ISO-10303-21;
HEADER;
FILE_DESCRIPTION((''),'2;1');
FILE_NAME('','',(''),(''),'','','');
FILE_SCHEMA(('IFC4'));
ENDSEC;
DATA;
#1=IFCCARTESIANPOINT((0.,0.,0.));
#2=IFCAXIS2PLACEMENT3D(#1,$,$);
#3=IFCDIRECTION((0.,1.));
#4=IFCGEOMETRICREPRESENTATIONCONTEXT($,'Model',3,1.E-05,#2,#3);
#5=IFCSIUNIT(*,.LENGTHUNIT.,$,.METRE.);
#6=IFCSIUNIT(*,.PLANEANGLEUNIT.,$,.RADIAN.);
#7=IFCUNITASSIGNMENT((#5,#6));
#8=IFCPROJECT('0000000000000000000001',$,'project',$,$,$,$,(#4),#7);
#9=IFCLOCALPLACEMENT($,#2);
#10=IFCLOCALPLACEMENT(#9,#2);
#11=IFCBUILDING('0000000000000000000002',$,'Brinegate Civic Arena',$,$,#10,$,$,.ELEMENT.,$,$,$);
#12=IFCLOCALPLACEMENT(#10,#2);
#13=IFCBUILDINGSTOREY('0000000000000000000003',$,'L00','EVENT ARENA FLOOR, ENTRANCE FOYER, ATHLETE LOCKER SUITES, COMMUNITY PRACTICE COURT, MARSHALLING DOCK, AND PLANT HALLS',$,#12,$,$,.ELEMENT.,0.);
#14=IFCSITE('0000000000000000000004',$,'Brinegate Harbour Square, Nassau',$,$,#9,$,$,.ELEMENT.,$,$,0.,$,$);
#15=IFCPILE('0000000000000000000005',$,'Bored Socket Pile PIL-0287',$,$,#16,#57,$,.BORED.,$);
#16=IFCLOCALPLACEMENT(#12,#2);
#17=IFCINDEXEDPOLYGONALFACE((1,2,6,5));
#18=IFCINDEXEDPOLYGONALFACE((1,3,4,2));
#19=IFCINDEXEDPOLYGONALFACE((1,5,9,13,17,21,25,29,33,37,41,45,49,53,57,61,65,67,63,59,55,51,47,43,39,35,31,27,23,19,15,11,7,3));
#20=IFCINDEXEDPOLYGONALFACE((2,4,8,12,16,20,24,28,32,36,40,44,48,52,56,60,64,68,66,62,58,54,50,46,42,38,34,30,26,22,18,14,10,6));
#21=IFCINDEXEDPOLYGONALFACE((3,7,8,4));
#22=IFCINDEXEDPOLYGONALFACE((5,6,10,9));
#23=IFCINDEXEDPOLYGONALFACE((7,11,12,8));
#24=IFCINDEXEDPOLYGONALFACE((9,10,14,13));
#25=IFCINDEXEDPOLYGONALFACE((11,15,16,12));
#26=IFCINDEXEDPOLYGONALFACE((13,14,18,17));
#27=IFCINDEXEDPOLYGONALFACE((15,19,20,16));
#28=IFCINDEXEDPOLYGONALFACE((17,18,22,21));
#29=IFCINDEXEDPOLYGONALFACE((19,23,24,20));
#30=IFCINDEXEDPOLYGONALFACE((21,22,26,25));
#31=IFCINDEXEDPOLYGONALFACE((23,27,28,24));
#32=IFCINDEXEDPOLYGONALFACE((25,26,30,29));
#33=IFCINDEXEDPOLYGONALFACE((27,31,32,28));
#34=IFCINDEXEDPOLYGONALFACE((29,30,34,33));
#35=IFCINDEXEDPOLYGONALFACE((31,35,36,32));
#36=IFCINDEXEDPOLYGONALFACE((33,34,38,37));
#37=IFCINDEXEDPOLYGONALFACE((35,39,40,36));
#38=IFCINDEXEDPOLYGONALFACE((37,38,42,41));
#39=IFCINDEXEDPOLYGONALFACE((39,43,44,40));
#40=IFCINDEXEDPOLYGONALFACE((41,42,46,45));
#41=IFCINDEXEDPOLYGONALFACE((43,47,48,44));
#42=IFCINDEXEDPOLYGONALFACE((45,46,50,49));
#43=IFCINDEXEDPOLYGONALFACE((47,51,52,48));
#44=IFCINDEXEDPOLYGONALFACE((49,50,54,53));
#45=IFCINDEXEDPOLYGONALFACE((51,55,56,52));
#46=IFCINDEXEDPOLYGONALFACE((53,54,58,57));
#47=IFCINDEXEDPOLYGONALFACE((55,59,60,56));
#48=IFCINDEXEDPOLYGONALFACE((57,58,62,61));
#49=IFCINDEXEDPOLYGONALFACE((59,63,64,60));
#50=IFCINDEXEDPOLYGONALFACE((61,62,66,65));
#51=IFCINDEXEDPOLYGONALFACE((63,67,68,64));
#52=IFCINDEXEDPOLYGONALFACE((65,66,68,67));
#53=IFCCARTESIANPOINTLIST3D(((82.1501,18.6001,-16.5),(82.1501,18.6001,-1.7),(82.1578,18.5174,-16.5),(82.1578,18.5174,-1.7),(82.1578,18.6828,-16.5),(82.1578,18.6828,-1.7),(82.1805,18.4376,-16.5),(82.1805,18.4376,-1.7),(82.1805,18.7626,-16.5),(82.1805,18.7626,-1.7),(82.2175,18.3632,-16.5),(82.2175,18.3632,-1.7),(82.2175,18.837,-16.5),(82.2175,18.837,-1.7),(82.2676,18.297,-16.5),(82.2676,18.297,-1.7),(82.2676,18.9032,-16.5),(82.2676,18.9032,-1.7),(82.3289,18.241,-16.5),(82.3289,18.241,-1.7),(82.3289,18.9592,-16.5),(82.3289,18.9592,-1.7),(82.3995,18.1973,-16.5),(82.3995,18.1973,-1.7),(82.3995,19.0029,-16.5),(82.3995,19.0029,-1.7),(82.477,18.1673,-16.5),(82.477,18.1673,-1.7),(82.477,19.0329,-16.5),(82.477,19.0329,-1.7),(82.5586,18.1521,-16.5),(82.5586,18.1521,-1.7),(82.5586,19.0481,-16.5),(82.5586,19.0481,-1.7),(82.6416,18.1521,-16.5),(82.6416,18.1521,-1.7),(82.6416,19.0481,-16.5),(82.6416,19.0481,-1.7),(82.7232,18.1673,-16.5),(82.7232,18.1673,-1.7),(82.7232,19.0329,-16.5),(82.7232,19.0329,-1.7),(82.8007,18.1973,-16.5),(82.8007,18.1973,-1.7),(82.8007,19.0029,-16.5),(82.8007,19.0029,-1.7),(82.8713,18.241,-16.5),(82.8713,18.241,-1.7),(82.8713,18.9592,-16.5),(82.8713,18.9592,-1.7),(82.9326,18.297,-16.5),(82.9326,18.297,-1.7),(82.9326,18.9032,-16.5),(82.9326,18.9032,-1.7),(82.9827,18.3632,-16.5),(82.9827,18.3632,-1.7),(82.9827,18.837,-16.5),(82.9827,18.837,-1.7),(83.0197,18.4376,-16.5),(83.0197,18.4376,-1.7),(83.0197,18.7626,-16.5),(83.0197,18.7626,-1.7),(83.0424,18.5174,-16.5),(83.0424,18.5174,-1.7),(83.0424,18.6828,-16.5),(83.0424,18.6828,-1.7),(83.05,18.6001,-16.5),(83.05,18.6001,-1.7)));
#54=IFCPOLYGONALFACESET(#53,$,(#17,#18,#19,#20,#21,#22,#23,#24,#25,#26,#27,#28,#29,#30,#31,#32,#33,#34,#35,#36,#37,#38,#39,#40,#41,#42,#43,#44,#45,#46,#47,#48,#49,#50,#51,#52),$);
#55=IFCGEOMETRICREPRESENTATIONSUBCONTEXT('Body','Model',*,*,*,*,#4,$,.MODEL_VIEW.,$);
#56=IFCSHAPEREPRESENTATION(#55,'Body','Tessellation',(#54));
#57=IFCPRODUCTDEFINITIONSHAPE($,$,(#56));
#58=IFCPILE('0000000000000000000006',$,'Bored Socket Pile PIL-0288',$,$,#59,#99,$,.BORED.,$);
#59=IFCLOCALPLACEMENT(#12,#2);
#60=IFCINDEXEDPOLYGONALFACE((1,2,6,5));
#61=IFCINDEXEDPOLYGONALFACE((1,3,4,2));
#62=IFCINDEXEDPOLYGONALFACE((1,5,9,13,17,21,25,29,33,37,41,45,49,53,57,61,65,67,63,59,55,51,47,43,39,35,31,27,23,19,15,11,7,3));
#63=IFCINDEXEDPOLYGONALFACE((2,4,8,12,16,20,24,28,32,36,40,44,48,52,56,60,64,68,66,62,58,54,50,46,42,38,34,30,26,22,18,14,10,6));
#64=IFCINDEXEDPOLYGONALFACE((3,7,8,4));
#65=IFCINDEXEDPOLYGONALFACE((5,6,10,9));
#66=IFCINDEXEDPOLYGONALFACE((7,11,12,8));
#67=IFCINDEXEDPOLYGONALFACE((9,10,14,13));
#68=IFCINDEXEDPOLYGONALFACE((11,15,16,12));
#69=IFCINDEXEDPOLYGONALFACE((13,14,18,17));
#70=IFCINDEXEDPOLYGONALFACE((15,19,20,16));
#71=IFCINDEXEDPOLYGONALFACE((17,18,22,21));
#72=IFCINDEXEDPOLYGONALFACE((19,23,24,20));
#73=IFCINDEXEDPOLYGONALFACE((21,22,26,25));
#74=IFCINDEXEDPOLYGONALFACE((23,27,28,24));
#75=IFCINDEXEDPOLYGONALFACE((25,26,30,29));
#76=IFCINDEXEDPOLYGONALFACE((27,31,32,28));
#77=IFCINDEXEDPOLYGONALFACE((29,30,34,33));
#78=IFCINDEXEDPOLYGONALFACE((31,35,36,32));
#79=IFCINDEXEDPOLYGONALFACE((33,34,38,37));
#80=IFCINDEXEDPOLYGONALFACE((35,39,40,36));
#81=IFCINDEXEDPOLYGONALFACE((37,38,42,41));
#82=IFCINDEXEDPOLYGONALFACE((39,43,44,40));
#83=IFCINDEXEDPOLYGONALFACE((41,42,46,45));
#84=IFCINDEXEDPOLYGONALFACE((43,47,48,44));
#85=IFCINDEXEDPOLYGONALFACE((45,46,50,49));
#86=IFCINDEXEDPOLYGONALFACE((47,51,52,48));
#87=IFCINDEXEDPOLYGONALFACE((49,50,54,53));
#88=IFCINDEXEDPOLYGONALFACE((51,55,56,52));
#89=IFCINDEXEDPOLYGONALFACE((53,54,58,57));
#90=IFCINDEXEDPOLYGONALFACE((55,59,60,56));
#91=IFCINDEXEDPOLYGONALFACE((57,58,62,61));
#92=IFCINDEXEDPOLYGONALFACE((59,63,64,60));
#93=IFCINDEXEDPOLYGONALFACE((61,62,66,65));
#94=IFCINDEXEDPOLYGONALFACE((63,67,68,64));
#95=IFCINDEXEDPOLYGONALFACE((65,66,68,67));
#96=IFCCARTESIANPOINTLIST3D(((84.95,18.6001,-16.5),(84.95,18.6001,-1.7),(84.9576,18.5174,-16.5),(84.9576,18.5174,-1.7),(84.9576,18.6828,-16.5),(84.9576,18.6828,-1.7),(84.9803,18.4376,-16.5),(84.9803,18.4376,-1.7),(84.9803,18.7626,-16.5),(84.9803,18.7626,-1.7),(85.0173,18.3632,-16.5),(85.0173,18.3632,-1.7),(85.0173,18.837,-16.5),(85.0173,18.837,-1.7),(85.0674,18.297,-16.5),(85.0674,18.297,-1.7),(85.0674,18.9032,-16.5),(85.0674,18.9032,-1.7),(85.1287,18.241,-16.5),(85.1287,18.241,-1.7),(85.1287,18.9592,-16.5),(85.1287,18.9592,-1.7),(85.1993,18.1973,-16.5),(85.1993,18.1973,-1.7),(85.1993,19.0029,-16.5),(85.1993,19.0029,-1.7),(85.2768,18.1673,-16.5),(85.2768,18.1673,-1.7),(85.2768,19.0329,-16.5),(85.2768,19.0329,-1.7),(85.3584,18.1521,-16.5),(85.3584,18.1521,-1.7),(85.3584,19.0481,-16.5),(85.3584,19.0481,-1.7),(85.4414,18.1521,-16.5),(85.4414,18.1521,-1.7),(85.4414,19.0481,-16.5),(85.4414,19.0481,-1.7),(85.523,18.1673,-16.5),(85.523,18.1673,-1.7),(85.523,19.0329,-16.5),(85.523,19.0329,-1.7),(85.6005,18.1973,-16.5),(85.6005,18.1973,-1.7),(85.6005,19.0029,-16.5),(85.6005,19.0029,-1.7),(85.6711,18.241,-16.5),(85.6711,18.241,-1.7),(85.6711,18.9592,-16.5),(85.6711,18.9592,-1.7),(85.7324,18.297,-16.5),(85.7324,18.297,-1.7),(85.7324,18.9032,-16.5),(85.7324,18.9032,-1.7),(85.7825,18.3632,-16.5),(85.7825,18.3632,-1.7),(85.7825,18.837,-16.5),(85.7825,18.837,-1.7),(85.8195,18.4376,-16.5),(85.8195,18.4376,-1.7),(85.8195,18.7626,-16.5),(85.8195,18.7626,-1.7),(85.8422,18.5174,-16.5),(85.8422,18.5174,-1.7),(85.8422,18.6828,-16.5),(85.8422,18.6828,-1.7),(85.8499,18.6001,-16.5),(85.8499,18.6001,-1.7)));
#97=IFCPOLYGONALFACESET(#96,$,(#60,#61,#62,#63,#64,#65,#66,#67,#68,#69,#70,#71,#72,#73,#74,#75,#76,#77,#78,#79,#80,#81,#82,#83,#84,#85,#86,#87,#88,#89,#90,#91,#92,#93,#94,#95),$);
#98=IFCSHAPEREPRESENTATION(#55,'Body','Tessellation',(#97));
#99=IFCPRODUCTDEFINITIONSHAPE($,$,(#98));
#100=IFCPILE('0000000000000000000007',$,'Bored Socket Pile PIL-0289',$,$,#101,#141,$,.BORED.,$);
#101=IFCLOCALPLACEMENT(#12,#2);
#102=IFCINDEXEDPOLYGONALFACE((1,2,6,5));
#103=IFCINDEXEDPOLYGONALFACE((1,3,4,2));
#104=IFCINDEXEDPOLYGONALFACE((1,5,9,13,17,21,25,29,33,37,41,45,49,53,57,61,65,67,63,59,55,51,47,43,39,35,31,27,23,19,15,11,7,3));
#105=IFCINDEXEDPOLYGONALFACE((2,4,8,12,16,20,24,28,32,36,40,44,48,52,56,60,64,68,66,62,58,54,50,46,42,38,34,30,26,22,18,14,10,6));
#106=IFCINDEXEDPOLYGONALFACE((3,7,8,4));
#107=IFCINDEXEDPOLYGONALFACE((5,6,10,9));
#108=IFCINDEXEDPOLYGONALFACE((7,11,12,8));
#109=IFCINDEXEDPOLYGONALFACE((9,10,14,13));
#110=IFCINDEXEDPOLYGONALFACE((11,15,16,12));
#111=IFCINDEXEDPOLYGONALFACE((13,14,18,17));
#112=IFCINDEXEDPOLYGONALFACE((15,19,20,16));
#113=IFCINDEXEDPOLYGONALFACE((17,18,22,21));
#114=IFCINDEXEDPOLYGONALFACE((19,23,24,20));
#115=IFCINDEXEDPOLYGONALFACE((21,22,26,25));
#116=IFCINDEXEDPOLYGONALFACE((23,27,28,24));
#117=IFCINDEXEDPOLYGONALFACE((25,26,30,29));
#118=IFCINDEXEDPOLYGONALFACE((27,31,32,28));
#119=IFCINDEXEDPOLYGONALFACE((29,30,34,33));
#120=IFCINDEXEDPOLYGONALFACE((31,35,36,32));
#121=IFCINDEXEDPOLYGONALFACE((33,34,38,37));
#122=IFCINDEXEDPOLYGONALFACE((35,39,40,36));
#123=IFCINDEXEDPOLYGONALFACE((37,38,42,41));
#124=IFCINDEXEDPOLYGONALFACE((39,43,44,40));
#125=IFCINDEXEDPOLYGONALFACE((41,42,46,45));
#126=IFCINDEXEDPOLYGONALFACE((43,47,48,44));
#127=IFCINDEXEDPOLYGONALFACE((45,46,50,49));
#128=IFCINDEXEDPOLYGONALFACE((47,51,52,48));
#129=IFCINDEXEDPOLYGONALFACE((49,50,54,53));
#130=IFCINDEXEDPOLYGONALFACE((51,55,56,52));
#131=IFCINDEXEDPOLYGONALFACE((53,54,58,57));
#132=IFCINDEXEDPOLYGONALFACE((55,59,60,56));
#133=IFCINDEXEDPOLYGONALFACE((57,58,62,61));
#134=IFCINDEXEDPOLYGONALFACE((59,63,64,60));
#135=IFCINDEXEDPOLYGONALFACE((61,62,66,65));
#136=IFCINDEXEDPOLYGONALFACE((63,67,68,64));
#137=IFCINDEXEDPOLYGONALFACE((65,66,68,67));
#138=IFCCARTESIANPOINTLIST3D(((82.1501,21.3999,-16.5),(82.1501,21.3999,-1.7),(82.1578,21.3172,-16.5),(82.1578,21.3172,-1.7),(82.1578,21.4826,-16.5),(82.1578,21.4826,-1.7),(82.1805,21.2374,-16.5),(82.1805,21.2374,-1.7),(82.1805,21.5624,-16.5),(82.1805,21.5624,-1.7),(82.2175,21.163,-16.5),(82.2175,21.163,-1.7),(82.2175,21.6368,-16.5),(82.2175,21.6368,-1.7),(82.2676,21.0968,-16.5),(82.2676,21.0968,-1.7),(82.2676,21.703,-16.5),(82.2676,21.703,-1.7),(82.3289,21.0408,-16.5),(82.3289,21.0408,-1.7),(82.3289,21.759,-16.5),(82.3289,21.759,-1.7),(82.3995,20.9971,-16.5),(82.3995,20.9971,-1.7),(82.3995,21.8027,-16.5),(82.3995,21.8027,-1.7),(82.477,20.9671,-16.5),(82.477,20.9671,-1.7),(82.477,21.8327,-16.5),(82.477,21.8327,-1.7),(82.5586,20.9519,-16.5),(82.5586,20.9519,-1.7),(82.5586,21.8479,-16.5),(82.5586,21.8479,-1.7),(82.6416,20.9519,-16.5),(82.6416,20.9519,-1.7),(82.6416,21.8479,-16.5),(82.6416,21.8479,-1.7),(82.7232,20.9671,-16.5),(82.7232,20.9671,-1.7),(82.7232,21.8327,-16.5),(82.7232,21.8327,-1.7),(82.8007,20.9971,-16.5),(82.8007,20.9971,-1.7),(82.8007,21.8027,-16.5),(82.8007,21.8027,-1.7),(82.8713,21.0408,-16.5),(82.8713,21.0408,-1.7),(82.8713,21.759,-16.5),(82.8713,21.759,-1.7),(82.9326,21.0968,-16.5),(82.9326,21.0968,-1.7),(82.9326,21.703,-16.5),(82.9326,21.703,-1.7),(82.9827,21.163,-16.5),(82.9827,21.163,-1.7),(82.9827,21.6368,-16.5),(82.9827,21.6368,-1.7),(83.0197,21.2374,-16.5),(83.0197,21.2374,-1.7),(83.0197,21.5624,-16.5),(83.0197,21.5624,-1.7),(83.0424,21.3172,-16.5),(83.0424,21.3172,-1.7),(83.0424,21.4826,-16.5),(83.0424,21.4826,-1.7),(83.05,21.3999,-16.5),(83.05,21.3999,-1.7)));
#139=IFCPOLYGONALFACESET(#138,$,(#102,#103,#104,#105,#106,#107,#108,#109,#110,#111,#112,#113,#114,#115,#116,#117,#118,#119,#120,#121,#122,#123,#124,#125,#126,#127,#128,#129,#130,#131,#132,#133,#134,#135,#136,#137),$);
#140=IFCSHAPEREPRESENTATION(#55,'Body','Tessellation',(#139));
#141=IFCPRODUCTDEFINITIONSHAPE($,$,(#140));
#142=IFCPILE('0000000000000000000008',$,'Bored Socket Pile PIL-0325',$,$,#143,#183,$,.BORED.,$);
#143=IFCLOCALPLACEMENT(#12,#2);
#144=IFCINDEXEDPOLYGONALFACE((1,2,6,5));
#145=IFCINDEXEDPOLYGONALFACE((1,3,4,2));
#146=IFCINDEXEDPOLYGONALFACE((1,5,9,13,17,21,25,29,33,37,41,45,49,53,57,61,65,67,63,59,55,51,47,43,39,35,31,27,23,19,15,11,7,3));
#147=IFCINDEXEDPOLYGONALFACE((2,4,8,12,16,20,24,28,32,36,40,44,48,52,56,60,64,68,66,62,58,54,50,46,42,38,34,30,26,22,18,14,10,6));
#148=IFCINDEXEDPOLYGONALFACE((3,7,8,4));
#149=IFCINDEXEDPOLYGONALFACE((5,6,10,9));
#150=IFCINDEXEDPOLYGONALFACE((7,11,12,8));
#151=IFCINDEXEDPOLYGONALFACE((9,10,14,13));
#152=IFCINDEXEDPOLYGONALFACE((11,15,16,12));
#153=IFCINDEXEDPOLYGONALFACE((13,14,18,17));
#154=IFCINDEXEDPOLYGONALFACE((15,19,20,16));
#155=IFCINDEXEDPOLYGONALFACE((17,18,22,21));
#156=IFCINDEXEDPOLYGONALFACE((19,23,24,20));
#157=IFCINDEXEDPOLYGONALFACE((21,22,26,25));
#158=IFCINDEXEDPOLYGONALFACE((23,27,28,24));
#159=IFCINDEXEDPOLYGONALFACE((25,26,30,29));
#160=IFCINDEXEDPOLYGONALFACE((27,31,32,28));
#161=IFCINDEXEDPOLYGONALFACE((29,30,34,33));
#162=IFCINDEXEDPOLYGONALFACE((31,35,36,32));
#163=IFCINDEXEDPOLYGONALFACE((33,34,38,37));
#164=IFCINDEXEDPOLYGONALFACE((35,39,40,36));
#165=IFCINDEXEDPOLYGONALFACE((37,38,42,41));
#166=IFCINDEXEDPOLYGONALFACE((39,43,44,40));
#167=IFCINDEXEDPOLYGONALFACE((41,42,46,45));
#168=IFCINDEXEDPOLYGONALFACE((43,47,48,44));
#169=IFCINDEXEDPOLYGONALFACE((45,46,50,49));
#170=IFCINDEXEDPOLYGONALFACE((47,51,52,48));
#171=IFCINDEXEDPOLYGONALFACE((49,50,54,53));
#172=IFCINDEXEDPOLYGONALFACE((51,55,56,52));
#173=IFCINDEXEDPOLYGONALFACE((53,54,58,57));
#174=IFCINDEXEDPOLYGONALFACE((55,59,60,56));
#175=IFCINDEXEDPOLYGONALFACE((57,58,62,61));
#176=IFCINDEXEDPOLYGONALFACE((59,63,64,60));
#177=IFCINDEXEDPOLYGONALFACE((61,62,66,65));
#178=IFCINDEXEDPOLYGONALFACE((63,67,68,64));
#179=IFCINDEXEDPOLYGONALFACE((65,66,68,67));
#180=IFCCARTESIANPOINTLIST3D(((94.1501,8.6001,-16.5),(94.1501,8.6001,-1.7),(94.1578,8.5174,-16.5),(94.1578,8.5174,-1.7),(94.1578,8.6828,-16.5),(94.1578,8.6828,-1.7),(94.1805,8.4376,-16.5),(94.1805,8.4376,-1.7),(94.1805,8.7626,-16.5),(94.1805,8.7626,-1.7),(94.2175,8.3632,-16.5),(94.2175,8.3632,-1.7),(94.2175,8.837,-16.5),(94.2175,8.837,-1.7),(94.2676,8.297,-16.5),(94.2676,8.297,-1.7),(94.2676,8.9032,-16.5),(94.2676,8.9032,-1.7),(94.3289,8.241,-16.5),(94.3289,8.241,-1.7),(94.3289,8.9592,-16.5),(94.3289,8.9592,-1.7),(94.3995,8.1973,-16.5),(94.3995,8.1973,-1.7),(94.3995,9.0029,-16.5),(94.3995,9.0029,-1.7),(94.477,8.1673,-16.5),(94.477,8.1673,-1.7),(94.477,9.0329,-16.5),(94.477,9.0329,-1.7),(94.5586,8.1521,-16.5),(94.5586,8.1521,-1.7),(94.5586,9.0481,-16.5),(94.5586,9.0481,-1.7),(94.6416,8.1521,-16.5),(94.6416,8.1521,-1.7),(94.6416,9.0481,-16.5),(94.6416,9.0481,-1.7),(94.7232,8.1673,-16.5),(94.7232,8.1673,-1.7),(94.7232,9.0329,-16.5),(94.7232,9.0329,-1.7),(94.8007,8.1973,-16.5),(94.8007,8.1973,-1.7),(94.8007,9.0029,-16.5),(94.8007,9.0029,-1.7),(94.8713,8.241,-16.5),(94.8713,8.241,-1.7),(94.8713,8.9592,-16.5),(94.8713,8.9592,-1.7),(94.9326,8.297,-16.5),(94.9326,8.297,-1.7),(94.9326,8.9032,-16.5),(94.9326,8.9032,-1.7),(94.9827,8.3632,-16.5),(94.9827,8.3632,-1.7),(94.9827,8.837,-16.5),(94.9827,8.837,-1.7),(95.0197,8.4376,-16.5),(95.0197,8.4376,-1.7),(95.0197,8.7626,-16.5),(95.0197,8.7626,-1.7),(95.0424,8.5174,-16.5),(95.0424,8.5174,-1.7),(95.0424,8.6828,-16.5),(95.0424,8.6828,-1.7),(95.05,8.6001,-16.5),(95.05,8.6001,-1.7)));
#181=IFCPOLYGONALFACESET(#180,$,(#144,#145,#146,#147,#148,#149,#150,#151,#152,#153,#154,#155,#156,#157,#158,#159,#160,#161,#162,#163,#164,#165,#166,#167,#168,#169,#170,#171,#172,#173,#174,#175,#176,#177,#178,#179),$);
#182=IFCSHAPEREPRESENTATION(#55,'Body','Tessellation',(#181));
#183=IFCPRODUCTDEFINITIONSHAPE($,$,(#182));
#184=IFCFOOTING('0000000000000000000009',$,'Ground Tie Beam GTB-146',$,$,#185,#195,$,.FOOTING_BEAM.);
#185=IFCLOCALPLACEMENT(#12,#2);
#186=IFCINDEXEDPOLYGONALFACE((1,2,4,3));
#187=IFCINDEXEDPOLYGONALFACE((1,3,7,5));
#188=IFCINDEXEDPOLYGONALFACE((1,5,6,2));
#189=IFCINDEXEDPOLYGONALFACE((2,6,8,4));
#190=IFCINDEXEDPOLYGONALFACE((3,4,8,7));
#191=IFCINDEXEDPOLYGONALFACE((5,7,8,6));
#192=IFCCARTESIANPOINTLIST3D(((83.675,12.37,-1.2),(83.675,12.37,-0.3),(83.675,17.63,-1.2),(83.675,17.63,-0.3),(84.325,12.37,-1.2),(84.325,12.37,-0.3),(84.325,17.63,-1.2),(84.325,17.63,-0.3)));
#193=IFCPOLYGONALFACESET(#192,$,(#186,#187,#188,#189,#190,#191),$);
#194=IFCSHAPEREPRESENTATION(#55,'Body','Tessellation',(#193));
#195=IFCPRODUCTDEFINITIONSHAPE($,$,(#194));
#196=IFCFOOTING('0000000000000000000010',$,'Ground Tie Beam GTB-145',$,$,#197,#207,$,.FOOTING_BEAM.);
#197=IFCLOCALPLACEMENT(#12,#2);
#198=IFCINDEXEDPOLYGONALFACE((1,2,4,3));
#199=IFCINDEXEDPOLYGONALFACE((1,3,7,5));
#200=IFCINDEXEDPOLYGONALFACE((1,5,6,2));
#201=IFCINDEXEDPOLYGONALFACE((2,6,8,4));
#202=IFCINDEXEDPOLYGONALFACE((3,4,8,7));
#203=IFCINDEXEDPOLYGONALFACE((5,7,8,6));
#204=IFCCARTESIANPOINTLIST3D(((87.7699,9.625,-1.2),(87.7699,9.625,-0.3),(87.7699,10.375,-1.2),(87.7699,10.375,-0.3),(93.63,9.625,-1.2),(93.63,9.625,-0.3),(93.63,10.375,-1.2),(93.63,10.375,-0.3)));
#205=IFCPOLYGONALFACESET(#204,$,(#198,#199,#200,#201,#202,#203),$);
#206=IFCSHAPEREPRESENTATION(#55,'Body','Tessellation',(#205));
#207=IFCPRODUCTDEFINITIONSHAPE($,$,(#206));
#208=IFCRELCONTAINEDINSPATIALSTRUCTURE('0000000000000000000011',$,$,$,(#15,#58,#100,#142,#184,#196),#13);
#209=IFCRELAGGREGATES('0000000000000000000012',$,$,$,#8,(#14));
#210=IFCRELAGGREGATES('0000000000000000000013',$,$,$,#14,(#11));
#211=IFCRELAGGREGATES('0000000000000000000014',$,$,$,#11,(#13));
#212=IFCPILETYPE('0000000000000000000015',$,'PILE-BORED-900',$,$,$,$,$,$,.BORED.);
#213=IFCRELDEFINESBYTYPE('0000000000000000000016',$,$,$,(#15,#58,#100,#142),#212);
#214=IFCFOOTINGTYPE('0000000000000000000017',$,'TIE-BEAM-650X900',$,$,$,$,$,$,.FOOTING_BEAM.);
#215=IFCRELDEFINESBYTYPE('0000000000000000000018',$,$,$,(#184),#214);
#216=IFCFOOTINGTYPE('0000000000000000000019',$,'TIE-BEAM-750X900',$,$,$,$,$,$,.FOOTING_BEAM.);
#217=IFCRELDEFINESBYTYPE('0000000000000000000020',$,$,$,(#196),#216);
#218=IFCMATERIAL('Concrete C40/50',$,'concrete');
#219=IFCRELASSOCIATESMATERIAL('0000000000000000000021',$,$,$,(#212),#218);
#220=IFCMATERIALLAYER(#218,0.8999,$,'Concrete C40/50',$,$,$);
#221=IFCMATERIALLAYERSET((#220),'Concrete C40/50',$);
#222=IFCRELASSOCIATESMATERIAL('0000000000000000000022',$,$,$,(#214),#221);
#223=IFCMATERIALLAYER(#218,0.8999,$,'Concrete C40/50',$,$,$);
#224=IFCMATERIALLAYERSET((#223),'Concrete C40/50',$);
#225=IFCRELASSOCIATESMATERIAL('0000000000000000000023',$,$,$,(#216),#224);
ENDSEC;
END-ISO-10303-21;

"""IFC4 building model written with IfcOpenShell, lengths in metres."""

from ifc_helpers import new_model, si_unit, direction, frame, origin, origin_2d, place, context, subcontext, project, spatial, rectangle, circle, extrude, material, layer, layer_set, material_profile, profile_set, type_object, element, save


model = new_model("IFC4")

# Units and contexts
model_context = context("Model", 3, precision=1e-05, world=origin(), true_north=direction((0.0, 1.0)))
body_context = subcontext(model_context, "Body", "Model", "MODEL_VIEW")
ifc_project = project(units=[si_unit("LENGTHUNIT", "METRE"), si_unit("PLANEANGLEUNIT", "RADIAN")], contexts=[model_context])

# Site, building, storey
site_placement = place(None, origin())
site = spatial("IfcSite", under=ifc_project, at=site_placement, Name="Brinegate Harbour Square, Nassau", CompositionType="ELEMENT", RefElevation=0.0)
building_placement = place(site_placement, origin())
building = spatial("IfcBuilding", under=site, at=building_placement, Name="Brinegate Civic Arena", CompositionType="ELEMENT")
storey_placement = place(building_placement, origin())
storey = spatial("IfcBuildingStorey", under=building, at=storey_placement, Name="L00", Description="EVENT ARENA FLOOR, ENTRANCE FOYER, ATHLETE LOCKER SUITES, COMMUNITY PRACTICE COURT, MARSHALLING DOCK, AND PLANT HALLS", CompositionType="ELEMENT", Elevation=0.0)

# Shared definitions
ifc_material_1 = material(Name="Concrete C40/50", Category="concrete")

# Piles
ifc_material_profile_1 = material_profile(ifc_material_1, circle(Radius=0.45, at=origin_2d()), Name="PILED900")
ifc_profile_set_1 = profile_set([ifc_material_profile_1], Name="Concrete C40/50")
pile_type_1 = type_object("IfcPileType", Name="PILE-BORED-900", PredefinedType="BORED", material=ifc_profile_set_1)
for number, where, z_axis, x_axis, name in (
    (1, (82.6001, 18.6001, -1.7), (0.0, 0.0, -1.0), (1.0, 0.0, 0.0), "Bored Socket Pile PIL-0287"),
    (2, (85.3999, 18.6001, -1.7), (0.0, 0.0, -1.0), (1.0, 0.0, 0.0), "Bored Socket Pile PIL-0288"),
    (3, (82.6001, 21.3999, -1.7), (0.0, 0.0, -1.0), (1.0, 0.0, 0.0), "Bored Socket Pile PIL-0289"),
    (4, (94.6001, 8.6001, -1.7), (0.0, 0.0, -1.0), (1.0, 0.0, 0.0), "Bored Socket Pile PIL-0325"),
):
    element("IfcPile", number, at=place(storey_placement, frame(where, z_axis=z_axis, x_axis=x_axis)), inside=storey, type_object=pile_type_1, Name=name, PredefinedType="BORED", context=body_context, shape_type="SweptSolid", body=[
        extrude(circle(Radius=0.45, at=origin_2d()), origin(), (0.0, 0.0, 1.0), 14.8),
    ])

# Footings
ifc_layer_1 = layer(ifc_material_1, 0.8999, Name="Concrete C40/50")
ifc_layer_set_1 = layer_set([ifc_layer_1], Name="Concrete C40/50")
footing_type_1 = type_object("IfcFootingType", Name="TIE-BEAM-650X900", PredefinedType="FOOTING_BEAM", material=ifc_layer_set_1)
footing_1_placement = place(storey_placement, frame((84.0, 15.0, -1.2), z_axis=(0.0, 0.0, 1.0), x_axis=(0.0, 1.0, 0.0)))
element("IfcFooting", 5, at=footing_1_placement, inside=storey, type_object=footing_type_1, Name="Ground Tie Beam GTB-146", PredefinedType="FOOTING_BEAM", context=body_context, shape_type="SweptSolid", body=[
    extrude(rectangle(XDim=5.26, YDim=0.6499, at=origin_2d()), origin(), (0.0, 0.0, 1.0), 0.8999),
])
ifc_layer_2 = layer(ifc_material_1, 0.8999, Name="Concrete C40/50")
ifc_layer_set_2 = layer_set([ifc_layer_2], Name="Concrete C40/50")
footing_type_2 = type_object("IfcFootingType", Name="TIE-BEAM-750X900", PredefinedType="FOOTING_BEAM", material=ifc_layer_set_2)
footing_2_placement = place(storey_placement, frame((90.7, 10.0, -1.2), z_axis=(0.0, 0.0, 1.0), x_axis=(1.0, 0.0, 0.0)))
element("IfcFooting", 6, at=footing_2_placement, inside=storey, type_object=footing_type_2, Name="Ground Tie Beam GTB-145", PredefinedType="FOOTING_BEAM", context=body_context, shape_type="SweptSolid", body=[
    extrude(rectangle(XDim=5.8601, YDim=0.75, at=origin_2d()), origin(), (0.0, 0.0, 1.0), 0.8999),
])

save(model, "model.ifc")
